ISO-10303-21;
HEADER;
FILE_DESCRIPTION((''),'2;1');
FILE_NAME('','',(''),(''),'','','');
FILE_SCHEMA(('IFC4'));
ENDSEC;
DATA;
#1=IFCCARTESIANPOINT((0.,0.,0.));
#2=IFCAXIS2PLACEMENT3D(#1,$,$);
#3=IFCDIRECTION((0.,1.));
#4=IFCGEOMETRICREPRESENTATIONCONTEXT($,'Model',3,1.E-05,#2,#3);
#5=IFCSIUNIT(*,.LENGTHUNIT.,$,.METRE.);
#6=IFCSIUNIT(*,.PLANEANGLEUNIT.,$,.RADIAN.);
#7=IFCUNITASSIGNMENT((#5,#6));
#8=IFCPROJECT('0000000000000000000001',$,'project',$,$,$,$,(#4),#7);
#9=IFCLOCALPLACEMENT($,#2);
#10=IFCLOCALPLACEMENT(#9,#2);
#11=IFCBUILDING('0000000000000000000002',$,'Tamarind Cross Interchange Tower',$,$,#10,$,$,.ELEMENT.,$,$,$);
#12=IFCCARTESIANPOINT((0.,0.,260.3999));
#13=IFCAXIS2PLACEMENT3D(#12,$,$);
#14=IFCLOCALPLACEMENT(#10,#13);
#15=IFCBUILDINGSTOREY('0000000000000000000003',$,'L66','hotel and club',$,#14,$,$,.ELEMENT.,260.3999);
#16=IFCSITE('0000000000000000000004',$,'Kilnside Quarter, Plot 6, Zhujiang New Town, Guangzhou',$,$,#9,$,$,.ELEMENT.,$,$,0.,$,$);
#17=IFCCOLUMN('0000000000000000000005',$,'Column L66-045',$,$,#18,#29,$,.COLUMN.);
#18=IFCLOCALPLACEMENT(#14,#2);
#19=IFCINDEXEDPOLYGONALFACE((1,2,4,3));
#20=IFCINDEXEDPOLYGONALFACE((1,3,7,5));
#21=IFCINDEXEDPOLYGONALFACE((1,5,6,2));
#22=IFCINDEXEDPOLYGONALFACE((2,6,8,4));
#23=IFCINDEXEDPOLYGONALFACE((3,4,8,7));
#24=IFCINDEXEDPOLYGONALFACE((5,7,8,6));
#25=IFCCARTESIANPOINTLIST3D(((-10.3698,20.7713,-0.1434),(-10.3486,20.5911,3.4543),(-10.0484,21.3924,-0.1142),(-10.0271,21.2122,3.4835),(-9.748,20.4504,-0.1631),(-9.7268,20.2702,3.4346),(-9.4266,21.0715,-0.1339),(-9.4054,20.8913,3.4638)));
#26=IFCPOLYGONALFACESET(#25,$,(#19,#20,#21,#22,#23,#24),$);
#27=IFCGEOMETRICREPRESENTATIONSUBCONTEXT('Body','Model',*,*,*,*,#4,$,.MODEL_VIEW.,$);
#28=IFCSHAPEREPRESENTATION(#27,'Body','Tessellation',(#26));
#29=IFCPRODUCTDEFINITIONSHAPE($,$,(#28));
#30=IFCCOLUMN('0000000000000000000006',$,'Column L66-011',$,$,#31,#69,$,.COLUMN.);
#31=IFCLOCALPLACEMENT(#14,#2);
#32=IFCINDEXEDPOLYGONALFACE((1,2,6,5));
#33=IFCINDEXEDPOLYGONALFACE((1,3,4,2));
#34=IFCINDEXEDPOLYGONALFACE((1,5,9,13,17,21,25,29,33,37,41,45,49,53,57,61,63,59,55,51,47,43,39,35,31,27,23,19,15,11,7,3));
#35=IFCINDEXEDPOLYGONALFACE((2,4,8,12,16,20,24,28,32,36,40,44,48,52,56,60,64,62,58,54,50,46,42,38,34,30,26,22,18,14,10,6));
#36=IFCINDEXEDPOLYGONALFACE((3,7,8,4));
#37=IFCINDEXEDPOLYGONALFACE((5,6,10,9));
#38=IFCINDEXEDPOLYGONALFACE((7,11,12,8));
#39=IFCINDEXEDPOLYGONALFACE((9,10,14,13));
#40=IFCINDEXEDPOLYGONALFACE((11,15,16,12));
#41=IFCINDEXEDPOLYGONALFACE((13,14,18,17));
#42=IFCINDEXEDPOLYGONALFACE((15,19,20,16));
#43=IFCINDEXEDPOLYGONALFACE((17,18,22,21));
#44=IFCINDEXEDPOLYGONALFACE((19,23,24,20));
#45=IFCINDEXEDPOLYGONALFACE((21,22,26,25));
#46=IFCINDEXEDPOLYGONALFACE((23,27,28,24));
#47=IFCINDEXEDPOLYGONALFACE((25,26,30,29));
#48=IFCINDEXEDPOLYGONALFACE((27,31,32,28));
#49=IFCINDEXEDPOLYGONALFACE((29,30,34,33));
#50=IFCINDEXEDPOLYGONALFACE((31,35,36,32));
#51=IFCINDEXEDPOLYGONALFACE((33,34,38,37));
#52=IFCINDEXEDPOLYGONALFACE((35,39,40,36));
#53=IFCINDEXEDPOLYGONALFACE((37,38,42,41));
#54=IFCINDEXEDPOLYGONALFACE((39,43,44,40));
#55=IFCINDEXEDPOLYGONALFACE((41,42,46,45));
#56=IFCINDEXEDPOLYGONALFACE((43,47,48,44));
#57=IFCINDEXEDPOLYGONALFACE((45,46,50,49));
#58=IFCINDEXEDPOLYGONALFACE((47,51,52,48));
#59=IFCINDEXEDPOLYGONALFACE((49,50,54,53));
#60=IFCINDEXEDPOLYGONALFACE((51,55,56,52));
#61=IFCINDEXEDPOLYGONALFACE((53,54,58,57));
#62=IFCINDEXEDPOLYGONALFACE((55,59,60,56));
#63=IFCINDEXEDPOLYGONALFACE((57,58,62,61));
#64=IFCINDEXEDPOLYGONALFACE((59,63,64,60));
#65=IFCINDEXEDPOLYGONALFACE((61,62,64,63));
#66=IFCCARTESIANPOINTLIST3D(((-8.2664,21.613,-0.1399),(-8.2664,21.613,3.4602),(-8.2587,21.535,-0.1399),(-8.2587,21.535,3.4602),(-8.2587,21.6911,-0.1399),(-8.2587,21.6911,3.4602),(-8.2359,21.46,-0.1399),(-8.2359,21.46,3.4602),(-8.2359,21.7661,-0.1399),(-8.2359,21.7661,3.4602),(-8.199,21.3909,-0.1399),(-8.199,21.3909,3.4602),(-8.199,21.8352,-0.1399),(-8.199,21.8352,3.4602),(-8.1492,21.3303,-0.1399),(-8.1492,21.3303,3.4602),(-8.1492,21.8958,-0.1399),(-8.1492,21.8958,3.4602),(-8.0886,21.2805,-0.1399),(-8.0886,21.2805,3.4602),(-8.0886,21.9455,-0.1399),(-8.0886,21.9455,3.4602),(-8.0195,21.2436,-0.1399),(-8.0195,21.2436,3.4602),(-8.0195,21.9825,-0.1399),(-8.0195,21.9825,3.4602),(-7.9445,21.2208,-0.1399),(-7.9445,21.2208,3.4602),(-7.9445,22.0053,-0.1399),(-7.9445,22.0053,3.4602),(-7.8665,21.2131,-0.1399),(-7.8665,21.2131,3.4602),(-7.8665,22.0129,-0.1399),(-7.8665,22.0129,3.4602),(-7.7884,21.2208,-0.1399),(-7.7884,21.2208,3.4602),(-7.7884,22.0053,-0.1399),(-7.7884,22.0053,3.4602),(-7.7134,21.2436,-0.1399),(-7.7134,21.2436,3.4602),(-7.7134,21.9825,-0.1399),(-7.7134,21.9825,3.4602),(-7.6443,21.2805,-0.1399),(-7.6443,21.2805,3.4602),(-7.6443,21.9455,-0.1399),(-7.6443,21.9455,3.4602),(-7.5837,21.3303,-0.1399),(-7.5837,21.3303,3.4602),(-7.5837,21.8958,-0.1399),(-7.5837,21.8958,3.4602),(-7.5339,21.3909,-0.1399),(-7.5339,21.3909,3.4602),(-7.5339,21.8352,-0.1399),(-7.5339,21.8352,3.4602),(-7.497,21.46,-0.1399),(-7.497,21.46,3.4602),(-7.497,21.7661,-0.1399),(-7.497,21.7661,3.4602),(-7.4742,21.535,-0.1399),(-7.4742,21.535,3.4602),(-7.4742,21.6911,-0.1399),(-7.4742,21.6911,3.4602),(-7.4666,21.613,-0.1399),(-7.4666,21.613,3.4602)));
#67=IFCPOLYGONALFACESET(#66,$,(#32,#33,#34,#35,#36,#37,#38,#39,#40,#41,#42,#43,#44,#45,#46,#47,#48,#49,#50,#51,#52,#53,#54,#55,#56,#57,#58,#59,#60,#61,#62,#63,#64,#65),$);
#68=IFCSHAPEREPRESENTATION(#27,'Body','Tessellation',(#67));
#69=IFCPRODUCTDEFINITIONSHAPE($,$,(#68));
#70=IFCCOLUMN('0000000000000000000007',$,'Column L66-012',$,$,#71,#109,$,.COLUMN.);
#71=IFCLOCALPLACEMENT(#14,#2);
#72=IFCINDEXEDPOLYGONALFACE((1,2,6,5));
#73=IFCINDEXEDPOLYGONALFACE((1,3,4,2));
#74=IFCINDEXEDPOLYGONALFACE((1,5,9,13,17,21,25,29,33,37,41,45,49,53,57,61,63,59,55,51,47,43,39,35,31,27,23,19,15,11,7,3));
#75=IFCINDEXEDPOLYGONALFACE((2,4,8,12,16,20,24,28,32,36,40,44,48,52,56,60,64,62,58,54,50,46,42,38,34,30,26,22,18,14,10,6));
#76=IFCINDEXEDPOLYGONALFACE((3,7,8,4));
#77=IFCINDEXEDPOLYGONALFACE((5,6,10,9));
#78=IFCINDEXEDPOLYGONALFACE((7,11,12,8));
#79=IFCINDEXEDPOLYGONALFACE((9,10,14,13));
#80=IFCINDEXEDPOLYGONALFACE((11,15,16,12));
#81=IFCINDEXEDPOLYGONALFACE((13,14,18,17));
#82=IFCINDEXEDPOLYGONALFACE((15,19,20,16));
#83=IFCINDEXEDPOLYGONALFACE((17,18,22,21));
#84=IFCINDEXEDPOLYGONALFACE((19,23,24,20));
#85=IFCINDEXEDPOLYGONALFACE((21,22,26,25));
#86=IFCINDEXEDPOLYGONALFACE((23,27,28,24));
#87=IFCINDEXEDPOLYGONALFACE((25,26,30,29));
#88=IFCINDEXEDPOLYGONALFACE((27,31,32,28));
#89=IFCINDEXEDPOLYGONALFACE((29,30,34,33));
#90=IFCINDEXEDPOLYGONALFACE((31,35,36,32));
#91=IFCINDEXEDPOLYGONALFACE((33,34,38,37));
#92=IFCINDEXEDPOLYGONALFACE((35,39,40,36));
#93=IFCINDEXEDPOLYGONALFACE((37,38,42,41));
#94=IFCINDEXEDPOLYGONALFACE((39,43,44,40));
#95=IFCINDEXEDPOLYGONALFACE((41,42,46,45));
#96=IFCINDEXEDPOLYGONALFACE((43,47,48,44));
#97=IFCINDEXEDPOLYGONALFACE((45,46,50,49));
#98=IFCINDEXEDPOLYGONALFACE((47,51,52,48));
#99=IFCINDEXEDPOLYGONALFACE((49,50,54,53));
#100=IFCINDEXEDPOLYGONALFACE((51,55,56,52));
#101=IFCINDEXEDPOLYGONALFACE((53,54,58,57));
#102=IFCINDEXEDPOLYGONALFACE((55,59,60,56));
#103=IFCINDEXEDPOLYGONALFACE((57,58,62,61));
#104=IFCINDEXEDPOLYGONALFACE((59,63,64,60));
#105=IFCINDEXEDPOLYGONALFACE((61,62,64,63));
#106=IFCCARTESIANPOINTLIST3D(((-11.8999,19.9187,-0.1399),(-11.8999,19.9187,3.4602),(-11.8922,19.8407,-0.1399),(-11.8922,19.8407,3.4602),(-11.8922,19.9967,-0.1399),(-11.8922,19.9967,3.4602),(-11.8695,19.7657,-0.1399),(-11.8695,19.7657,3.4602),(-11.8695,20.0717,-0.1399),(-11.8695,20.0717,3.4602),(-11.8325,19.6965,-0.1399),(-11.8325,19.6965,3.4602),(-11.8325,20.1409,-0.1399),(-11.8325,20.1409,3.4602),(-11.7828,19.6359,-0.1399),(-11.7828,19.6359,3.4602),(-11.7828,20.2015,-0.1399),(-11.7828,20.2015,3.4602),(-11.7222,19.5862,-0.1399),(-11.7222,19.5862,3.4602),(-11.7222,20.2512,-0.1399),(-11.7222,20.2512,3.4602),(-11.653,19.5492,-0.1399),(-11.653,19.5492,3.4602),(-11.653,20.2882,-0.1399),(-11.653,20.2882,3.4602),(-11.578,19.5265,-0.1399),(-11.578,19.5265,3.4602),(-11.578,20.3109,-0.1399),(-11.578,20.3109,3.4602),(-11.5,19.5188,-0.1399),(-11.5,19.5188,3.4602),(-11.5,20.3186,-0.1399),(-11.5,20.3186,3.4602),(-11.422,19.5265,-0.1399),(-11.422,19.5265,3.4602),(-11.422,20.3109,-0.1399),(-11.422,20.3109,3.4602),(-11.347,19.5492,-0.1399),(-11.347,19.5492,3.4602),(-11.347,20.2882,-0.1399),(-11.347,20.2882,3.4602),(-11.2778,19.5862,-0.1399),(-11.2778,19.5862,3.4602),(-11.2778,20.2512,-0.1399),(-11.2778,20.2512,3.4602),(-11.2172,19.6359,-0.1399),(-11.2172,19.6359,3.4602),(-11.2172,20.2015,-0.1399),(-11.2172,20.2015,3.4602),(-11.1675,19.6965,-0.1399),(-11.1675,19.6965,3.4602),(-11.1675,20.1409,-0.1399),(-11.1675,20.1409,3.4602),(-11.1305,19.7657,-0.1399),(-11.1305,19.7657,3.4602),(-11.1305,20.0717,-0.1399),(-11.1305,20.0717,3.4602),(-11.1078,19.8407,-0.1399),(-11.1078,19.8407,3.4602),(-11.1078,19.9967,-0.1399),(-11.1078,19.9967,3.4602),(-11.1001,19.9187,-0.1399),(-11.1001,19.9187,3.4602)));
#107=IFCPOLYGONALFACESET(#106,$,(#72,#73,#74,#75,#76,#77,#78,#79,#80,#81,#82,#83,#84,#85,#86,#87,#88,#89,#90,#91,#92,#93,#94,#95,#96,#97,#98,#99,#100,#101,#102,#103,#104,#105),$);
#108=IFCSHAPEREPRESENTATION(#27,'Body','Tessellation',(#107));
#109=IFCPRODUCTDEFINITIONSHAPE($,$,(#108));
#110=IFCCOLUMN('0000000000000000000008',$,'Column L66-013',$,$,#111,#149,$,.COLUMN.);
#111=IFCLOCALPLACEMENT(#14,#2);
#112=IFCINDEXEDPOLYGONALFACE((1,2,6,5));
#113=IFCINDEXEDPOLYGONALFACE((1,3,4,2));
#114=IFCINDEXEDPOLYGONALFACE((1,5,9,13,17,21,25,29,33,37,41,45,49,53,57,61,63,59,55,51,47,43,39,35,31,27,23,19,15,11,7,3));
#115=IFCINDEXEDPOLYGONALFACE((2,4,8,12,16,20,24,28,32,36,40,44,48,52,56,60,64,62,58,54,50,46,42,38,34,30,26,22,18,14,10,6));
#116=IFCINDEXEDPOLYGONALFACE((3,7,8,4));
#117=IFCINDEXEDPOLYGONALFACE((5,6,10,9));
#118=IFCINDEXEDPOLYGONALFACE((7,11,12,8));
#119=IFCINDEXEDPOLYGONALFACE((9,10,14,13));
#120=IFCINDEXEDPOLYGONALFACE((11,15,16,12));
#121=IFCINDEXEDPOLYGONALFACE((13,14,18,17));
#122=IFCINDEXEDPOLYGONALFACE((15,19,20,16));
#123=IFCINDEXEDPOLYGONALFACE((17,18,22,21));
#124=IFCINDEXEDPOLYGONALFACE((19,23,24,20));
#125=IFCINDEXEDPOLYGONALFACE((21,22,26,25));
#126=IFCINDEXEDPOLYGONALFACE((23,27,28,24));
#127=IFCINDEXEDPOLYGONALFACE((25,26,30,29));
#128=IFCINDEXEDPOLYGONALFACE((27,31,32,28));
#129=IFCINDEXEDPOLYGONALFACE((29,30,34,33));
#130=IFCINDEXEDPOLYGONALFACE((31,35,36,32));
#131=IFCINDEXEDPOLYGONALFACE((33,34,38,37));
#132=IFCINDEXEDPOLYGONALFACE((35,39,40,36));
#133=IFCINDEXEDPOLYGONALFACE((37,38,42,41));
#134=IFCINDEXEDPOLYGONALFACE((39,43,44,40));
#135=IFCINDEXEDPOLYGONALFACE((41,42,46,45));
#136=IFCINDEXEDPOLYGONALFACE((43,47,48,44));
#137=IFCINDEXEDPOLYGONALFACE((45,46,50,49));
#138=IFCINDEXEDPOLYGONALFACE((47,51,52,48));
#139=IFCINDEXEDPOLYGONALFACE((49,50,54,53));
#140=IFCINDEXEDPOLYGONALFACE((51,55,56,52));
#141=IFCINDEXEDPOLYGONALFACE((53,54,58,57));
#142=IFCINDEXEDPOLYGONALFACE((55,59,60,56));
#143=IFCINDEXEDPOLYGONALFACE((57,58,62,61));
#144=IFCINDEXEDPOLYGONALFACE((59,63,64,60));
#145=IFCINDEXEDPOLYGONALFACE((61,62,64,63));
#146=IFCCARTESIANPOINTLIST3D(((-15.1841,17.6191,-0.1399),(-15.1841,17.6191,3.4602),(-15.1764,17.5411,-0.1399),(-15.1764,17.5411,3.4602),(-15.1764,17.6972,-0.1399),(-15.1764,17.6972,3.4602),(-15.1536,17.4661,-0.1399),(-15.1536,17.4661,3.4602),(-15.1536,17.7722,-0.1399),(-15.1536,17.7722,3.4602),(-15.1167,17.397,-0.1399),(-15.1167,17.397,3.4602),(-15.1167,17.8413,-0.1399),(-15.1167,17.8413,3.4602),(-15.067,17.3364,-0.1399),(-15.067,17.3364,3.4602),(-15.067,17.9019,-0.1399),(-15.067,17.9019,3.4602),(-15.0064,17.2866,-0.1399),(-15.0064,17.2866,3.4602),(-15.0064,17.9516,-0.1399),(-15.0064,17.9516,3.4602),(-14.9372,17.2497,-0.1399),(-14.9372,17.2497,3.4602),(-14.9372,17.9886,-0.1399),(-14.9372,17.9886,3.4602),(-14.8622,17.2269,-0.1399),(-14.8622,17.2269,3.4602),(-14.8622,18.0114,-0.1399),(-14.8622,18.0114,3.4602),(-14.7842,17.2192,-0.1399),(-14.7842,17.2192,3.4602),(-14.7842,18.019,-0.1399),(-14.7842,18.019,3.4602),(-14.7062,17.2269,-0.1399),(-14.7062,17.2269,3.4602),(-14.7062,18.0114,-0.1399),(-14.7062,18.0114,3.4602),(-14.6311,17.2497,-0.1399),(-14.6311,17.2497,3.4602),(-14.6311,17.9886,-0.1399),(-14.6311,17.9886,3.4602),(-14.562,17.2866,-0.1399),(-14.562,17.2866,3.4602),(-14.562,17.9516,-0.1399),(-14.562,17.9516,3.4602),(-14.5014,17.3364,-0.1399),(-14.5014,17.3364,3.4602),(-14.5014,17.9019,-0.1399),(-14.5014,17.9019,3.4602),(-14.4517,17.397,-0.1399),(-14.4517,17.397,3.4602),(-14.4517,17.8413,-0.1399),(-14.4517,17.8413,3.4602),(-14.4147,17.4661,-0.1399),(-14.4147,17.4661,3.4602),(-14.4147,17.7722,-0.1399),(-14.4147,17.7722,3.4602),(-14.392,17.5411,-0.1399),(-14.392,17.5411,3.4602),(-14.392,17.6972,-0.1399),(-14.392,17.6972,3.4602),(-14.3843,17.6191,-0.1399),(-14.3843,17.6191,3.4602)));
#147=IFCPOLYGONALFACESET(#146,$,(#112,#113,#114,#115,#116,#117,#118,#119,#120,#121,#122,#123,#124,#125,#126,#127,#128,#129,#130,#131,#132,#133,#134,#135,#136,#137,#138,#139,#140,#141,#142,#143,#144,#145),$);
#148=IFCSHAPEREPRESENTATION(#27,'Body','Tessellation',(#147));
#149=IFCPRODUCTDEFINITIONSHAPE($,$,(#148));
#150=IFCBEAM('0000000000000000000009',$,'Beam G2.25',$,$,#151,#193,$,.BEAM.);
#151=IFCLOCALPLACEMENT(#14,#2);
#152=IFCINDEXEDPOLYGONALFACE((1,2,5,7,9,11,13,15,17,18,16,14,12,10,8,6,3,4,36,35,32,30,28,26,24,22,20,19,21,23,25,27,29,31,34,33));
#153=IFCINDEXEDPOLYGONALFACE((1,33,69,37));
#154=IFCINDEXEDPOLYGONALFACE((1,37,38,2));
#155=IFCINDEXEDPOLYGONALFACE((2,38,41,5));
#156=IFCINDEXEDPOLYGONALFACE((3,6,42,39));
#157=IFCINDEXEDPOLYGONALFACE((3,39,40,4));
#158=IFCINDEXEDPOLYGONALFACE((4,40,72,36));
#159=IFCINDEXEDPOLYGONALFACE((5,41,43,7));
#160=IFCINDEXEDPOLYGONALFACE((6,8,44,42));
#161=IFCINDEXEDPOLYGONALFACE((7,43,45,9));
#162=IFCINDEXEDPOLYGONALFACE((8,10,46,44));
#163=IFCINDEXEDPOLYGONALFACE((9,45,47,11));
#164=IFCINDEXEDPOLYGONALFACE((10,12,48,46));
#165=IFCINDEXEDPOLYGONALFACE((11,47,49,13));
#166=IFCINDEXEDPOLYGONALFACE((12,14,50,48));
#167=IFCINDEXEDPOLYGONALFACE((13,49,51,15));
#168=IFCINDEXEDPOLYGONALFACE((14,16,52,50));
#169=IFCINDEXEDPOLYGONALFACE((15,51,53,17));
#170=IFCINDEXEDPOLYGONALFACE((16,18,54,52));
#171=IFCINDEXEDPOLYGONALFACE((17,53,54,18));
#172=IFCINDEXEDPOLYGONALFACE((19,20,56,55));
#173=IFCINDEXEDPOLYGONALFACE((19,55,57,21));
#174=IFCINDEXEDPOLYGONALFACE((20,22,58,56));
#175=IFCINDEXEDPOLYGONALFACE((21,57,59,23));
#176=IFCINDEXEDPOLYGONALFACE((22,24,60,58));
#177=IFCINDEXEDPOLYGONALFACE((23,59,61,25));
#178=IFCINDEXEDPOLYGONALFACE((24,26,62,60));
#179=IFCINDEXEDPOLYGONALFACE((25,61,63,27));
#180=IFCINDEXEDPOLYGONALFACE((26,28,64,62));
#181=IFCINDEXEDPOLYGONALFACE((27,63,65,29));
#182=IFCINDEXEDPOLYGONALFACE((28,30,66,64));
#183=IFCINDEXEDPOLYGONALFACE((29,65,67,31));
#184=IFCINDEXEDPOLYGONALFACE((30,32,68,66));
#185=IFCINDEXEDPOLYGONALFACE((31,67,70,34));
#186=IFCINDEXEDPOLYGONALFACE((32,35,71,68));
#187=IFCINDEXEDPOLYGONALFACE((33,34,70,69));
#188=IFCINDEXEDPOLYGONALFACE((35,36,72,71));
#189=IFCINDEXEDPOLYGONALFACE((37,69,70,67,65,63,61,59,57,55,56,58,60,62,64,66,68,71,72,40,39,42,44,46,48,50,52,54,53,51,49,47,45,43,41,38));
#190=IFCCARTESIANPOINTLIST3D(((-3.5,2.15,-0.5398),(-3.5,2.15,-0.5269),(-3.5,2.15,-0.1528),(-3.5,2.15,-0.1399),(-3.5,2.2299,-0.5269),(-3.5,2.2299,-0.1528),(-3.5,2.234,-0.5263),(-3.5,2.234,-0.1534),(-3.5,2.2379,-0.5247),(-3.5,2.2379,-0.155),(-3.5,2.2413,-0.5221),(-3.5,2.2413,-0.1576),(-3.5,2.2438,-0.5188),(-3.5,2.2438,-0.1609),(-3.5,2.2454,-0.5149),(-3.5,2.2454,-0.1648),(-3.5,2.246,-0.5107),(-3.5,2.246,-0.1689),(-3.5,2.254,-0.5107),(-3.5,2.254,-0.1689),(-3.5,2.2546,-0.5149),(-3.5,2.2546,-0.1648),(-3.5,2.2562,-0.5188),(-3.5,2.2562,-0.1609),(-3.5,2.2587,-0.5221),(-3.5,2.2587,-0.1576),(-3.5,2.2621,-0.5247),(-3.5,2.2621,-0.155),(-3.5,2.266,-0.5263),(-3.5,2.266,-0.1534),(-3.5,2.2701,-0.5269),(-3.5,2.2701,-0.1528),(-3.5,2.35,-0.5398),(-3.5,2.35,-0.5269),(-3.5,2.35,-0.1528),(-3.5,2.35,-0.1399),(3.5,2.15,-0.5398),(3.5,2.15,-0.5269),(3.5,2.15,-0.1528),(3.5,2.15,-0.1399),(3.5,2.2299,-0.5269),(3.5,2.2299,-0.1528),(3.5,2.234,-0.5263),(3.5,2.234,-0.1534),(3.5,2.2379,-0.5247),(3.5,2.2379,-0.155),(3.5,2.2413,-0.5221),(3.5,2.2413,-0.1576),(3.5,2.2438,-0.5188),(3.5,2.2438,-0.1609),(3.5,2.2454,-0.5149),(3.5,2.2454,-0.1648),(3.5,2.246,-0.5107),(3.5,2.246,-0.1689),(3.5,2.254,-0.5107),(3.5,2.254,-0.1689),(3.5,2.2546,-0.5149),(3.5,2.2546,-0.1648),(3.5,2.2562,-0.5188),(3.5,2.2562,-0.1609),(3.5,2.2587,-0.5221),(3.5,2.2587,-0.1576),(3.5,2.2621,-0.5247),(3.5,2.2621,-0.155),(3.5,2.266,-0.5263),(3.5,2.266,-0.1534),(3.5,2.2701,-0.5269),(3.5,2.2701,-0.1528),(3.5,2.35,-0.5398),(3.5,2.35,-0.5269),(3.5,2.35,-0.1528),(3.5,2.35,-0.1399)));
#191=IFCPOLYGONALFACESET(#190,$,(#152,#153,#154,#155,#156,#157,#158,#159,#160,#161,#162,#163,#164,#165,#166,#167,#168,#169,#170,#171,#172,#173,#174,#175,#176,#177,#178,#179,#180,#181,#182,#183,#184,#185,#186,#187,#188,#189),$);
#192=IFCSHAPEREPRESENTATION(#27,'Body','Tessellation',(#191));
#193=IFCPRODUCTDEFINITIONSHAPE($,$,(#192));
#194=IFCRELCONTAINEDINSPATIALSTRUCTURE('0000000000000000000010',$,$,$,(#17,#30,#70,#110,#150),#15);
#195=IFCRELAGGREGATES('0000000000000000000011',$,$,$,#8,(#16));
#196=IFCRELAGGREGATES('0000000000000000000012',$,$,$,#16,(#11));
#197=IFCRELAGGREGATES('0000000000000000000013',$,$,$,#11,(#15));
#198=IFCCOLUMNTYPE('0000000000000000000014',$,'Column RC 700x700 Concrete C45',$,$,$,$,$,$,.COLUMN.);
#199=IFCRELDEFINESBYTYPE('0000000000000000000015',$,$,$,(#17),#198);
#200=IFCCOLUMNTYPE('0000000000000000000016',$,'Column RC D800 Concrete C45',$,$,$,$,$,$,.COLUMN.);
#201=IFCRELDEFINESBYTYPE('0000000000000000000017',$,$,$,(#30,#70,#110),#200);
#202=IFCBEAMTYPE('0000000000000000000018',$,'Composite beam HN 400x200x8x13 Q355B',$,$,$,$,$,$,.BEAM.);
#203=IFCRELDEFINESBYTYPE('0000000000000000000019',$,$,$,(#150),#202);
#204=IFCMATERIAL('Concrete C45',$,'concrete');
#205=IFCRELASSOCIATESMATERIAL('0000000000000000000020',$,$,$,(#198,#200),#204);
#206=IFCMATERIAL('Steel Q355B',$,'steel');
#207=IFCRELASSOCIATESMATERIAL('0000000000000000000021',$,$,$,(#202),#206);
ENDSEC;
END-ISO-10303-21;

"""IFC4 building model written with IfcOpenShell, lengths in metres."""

from ifc_helpers import new_model, si_unit, direction, frame, origin, origin_2d, place, context, subcontext, project, spatial, rectangle, circle, i_section, extrude, material, material_profile, profile_set, type_object, element, save


model = new_model("IFC4")

# Units and contexts
model_context = context("Model", 3, precision=1e-05, world=origin(), true_north=direction((0.0, 1.0)))
body_context = subcontext(model_context, "Body", "Model", "MODEL_VIEW")
ifc_project = project(units=[si_unit("LENGTHUNIT", "METRE"), si_unit("PLANEANGLEUNIT", "RADIAN")], contexts=[model_context])

# Site, building, storey
site_placement = place(None, origin())
site = spatial("IfcSite", under=ifc_project, at=site_placement, Name="Kilnside Quarter, Plot 6, Zhujiang New Town, Guangzhou", CompositionType="ELEMENT", RefElevation=0.0)
building_placement = place(site_placement, origin())
building = spatial("IfcBuilding", under=site, at=building_placement, Name="Tamarind Cross Interchange Tower", CompositionType="ELEMENT")
storey_placement = place(building_placement, frame((0.0, 0.0, 260.3999)))
storey = spatial("IfcBuildingStorey", under=building, at=storey_placement, Name="L66", Description="hotel and club", CompositionType="ELEMENT", Elevation=260.3999)

# Columns
ifc_material_1 = material(Name="Concrete C45", Category="concrete")
ifc_material_profile_1 = material_profile(ifc_material_1, rectangle(XDim=0.7, YDim=0.7, at=origin_2d()), Name="RC 700x700")
ifc_profile_set_1 = profile_set([ifc_material_profile_1], Name="Concrete C45")
column_type_1 = type_object("IfcColumnType", Name="Column RC 700x700 Concrete C45", PredefinedType="COLUMN", material=ifc_profile_set_1)
column_placement = place(storey_placement, frame((-9.8982, 20.9214, -0.1387), z_axis=(0.005896, -0.050018, 0.998731), x_axis=(0.45923, 0.887337, 0.041728)))
element("IfcColumn", 1, at=column_placement, inside=storey, type_object=column_type_1, Name="Column L66-045", PredefinedType="COLUMN", context=body_context, shape_type="SweptSolid", body=[
    extrude(rectangle(XDim=0.7, YDim=0.7, at=origin_2d()), origin(), (0.0, 0.0, 1.0), 3.6023),
])
ifc_material_profile_2 = material_profile(ifc_material_1, circle(Radius=0.3999, at=origin_2d()), Name="RC D800")
ifc_profile_set_2 = profile_set([ifc_material_profile_2], Name="Concrete C45")
column_type_2 = type_object("IfcColumnType", Name="Column RC D800 Concrete C45", PredefinedType="COLUMN", material=ifc_profile_set_2)
for number, where, z_axis, x_axis, name in (
    (2, (-7.8665, 21.613, -0.1399), (0.0, 0.0, 1.0), (1.0, 0.0, 0.0), "Column L66-011"),
    (3, (-11.5, 19.9187, -0.1399), (0.0, 0.0, 1.0), (1.0, 0.0, 0.0), "Column L66-012"),
    (4, (-14.7842, 17.6191, -0.1399), (0.0, 0.0, 1.0), (1.0, 0.0, 0.0), "Column L66-013"),
):
    element("IfcColumn", number, at=place(storey_placement, frame(where, z_axis=z_axis, x_axis=x_axis)), inside=storey, type_object=column_type_2, Name=name, PredefinedType="COLUMN", context=body_context, shape_type="SweptSolid", body=[
        extrude(circle(Radius=0.3999, at=origin_2d()), origin(), (0.0, 0.0, 1.0), 3.6001),
    ])

# Beam
ifc_material_2 = material(Name="Steel Q355B", Category="steel")
ifc_material_profile_3 = material_profile(ifc_material_2, i_section(OverallWidth=0.2, OverallDepth=0.3999, WebThickness=0.0081, FlangeThickness=0.0129, FilletRadius=0.0161, at=origin_2d()), Name="HN 400x200x8x13")
ifc_profile_set_3 = profile_set([ifc_material_profile_3], Name="Steel Q355B")
beam_type_1 = type_object("IfcBeamType", Name="Composite beam HN 400x200x8x13 Q355B", PredefinedType="BEAM", material=ifc_profile_set_3)
for number, where, z_axis, x_axis, name in (
    (5, (-3.5, 2.25, -0.3398), (1.0, 0.0, 0.0), (0.0, 1.0, 0.0), "Beam G2.25"),
):
    element("IfcBeam", number, at=place(storey_placement, frame(where, z_axis=z_axis, x_axis=x_axis)), inside=storey, type_object=beam_type_1, Name=name, PredefinedType="BEAM", context=body_context, shape_type="SweptSolid", body=[
        extrude(i_section(OverallWidth=0.2, OverallDepth=0.3999, WebThickness=0.0081, FlangeThickness=0.0129, FilletRadius=0.0161, at=origin_2d()), origin(), (0.0, 0.0, 1.0), 7.0),
    ])

save(model, "model.ifc")
